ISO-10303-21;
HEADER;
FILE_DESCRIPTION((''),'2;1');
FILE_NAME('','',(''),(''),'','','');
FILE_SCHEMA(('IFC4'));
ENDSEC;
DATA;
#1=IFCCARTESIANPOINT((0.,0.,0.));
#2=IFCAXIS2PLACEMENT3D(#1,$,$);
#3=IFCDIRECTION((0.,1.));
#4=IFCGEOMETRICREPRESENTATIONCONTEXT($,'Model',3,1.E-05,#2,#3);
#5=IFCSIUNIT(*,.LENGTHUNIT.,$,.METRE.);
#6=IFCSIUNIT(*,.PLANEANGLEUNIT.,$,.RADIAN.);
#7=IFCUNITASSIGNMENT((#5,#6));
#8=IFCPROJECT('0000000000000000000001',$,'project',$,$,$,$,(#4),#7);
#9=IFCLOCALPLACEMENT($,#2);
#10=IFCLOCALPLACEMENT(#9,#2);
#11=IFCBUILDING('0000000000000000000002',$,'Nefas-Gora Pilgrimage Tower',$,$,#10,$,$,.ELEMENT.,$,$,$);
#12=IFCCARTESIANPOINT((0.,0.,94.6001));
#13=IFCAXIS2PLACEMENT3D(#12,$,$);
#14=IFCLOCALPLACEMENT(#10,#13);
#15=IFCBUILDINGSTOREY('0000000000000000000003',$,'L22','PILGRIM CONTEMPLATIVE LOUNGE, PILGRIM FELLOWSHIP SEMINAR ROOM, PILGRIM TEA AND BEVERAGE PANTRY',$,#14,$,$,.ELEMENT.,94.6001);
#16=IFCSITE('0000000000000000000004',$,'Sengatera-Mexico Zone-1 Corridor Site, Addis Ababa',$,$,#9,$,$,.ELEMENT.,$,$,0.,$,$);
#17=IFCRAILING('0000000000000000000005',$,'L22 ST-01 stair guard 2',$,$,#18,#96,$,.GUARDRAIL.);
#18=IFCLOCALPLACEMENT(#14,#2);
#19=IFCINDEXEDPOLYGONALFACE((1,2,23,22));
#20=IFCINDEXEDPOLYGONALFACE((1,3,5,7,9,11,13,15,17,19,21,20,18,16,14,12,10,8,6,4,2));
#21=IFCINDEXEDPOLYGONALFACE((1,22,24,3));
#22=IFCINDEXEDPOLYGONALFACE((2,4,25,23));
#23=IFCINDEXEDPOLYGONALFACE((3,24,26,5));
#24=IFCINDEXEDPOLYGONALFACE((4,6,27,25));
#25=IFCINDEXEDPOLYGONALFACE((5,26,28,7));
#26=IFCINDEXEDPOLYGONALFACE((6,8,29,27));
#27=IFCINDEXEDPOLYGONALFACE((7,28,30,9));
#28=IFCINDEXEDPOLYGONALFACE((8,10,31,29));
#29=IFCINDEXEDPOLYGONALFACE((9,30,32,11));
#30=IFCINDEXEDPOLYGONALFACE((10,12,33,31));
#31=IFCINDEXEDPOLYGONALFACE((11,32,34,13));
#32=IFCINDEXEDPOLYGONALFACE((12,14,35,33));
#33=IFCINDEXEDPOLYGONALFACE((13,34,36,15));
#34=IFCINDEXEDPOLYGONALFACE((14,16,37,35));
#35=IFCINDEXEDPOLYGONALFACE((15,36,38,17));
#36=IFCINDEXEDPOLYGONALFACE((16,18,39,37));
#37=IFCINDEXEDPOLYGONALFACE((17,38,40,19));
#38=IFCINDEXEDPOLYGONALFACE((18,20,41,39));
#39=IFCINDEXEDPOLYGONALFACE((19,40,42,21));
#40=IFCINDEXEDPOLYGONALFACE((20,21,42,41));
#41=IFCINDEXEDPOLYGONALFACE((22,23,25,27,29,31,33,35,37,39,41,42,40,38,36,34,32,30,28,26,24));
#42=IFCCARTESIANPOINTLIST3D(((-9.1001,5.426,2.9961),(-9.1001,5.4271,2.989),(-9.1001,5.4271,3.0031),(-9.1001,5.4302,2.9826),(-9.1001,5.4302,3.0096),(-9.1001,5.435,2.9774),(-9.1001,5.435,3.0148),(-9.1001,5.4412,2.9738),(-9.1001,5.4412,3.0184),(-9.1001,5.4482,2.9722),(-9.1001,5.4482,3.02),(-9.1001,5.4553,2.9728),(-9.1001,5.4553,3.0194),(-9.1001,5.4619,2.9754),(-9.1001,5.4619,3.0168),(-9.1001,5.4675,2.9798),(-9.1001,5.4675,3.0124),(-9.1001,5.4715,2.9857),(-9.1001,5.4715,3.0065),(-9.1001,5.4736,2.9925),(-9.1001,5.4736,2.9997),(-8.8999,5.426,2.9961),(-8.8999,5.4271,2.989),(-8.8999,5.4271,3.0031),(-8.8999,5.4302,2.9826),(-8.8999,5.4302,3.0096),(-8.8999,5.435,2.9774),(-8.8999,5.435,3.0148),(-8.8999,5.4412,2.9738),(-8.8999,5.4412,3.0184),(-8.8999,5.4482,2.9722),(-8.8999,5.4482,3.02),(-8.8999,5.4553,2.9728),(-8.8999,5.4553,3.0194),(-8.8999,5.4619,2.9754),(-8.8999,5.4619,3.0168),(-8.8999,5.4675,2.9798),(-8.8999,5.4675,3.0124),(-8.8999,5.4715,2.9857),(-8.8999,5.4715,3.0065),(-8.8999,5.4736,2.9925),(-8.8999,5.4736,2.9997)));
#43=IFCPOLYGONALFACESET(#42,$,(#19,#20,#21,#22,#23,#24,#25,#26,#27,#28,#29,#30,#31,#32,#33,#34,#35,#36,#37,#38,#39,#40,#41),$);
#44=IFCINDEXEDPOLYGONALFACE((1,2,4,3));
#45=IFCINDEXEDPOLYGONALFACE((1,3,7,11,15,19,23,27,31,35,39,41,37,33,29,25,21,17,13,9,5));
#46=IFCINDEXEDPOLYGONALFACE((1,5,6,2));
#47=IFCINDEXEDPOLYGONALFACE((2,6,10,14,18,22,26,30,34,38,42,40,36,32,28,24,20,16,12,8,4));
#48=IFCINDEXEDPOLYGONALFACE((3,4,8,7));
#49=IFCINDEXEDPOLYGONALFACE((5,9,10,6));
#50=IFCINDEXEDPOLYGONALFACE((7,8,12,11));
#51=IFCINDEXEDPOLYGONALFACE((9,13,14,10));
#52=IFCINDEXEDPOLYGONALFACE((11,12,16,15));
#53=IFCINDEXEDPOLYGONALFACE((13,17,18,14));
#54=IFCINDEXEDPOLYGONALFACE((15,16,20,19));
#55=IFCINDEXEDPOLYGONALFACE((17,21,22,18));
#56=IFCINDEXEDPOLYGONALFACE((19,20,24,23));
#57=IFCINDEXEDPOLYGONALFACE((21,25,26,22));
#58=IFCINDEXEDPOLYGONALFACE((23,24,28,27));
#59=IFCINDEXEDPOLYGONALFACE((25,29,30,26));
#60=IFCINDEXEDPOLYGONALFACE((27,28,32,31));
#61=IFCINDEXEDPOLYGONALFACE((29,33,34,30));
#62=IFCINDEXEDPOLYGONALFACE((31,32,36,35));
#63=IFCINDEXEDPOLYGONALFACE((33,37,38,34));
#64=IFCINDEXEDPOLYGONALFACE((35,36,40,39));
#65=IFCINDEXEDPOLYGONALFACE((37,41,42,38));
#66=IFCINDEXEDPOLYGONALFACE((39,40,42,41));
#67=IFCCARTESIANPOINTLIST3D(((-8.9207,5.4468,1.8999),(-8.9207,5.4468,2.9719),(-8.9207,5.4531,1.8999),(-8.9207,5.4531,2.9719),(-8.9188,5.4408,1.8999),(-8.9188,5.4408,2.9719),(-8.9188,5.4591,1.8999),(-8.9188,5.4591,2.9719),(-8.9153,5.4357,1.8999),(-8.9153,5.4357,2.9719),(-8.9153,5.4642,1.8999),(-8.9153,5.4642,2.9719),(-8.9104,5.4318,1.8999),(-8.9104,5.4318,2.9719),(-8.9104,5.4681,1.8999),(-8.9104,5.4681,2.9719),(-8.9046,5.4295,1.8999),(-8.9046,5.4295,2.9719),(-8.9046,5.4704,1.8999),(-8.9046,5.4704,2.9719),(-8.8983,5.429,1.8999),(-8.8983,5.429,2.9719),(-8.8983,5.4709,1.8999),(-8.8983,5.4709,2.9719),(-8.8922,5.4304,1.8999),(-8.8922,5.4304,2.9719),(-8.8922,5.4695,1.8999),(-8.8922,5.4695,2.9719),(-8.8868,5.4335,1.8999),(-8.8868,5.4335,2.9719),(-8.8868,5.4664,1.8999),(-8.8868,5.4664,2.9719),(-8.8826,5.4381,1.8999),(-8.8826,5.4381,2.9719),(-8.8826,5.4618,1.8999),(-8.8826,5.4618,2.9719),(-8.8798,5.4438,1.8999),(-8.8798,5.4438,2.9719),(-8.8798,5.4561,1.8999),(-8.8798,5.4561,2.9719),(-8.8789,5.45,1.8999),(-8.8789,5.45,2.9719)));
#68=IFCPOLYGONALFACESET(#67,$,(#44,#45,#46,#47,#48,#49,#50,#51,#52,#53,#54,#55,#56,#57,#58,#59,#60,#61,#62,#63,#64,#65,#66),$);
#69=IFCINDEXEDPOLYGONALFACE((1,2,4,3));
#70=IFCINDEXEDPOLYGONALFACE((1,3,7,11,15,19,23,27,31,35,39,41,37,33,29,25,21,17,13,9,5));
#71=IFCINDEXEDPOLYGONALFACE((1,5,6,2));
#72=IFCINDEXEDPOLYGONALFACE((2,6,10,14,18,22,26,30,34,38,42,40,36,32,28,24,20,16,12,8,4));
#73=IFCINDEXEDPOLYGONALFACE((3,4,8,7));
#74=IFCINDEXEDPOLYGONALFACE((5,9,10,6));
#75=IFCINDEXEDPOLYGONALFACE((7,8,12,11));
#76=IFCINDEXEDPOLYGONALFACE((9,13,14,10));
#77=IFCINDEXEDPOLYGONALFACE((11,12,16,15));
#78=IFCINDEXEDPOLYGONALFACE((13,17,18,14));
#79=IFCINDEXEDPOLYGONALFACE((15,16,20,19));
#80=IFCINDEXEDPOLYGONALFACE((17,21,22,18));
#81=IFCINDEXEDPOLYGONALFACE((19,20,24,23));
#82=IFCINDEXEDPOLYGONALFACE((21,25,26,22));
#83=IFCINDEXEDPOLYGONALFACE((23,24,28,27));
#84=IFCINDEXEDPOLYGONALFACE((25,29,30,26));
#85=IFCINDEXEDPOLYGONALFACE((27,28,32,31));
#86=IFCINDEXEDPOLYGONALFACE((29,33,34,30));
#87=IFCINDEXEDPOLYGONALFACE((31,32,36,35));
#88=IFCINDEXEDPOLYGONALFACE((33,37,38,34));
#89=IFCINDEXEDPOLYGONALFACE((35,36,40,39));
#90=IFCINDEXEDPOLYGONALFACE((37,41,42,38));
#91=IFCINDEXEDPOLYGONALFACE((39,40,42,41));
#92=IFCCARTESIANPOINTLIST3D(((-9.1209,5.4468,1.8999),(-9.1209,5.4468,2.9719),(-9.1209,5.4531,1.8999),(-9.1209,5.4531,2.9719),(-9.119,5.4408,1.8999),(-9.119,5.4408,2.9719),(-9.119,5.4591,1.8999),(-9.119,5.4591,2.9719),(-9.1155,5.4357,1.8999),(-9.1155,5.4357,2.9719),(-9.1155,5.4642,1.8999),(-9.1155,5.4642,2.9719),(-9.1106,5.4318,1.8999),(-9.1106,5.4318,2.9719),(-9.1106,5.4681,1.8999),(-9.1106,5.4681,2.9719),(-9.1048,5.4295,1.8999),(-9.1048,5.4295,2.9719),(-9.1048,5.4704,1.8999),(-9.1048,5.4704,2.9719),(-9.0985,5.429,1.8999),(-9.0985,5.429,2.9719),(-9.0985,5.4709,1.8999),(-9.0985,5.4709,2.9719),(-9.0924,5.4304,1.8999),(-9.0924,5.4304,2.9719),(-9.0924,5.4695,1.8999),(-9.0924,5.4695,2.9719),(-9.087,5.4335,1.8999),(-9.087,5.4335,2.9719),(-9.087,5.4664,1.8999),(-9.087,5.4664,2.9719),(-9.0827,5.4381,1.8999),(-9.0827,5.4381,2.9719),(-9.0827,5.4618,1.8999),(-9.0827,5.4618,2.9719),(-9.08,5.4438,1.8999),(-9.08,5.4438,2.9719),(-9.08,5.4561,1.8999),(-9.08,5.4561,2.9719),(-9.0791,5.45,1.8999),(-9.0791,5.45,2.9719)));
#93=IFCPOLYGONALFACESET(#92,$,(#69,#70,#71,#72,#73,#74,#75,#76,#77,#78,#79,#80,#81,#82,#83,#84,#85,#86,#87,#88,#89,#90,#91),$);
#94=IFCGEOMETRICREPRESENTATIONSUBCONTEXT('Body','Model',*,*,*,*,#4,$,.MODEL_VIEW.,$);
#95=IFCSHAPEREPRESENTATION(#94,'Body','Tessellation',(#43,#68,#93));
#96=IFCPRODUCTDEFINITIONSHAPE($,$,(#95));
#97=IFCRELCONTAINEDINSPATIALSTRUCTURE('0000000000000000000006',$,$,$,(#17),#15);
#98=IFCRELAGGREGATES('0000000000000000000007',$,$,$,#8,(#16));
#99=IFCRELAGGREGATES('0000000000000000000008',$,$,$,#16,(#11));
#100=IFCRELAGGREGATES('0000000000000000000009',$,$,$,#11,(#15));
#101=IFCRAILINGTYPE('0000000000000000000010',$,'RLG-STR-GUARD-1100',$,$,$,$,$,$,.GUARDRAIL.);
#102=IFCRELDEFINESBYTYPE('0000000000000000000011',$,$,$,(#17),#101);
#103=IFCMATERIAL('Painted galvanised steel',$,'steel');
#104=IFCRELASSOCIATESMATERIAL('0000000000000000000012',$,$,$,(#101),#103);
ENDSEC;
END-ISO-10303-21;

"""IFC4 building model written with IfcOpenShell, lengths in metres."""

from ifc_helpers import new_model, si_unit, direction, frame, origin, origin_2d, place, context, subcontext, project, spatial, circle, extrude, material, type_object, element, save


model = new_model("IFC4")

# Units and contexts
model_context = context("Model", 3, precision=1e-05, world=origin(), true_north=direction((0.0, 1.0)))
body_context = subcontext(model_context, "Body", "Model", "MODEL_VIEW")
ifc_project = project(units=[si_unit("LENGTHUNIT", "METRE"), si_unit("PLANEANGLEUNIT", "RADIAN")], contexts=[model_context])

# Site, building, storey
site_placement = place(None, origin())
site = spatial("IfcSite", under=ifc_project, at=site_placement, Name="Sengatera-Mexico Zone-1 Corridor Site, Addis Ababa", CompositionType="ELEMENT", RefElevation=0.0)
building_placement = place(site_placement, origin())
building = spatial("IfcBuilding", under=site, at=building_placement, Name="Nefas-Gora Pilgrimage Tower", CompositionType="ELEMENT")
storey_placement = place(building_placement, frame((0.0, 0.0, 94.6001)))
storey = spatial("IfcBuildingStorey", under=building, at=storey_placement, Name="L22", Description="PILGRIM CONTEMPLATIVE LOUNGE, PILGRIM FELLOWSHIP SEMINAR ROOM, PILGRIM TEA AND BEVERAGE PANTRY", CompositionType="ELEMENT", Elevation=94.6001)

# Railing
ifc_material_1 = material(Name="Painted galvanised steel", Category="steel")
railing_type_1 = type_object("IfcRailingType", Name="RLG-STR-GUARD-1100", PredefinedType="GUARDRAIL", material=ifc_material_1)
railing_1_placement = place(storey_placement, frame((-8.8999, 5.45, 1.8999)))
element("IfcRailing", 1, at=railing_1_placement, inside=storey, type_object=railing_type_1, Name="L22 ST-01 stair guard 2", PredefinedType="GUARDRAIL", context=body_context, shape_type="SweptSolid", body=[
    extrude(circle(Radius=0.0239, at=origin_2d()), frame((0.0, 0.0, 1.0962), z_axis=(-1.0, 0.0, 0.0), x_axis=(0.0, -1.0, 0.0)), (0.0, 0.0, 1.0), 0.2002),
    extrude(circle(Radius=0.021, at=origin_2d()), origin(), (0.0, 0.0, 1.0), 1.072),
    extrude(circle(Radius=0.021, at=origin_2d()), frame((-0.2002, 0.0, 0.0)), (0.0, 0.0, 1.0), 1.072),
])

save(model, "model.ifc")
